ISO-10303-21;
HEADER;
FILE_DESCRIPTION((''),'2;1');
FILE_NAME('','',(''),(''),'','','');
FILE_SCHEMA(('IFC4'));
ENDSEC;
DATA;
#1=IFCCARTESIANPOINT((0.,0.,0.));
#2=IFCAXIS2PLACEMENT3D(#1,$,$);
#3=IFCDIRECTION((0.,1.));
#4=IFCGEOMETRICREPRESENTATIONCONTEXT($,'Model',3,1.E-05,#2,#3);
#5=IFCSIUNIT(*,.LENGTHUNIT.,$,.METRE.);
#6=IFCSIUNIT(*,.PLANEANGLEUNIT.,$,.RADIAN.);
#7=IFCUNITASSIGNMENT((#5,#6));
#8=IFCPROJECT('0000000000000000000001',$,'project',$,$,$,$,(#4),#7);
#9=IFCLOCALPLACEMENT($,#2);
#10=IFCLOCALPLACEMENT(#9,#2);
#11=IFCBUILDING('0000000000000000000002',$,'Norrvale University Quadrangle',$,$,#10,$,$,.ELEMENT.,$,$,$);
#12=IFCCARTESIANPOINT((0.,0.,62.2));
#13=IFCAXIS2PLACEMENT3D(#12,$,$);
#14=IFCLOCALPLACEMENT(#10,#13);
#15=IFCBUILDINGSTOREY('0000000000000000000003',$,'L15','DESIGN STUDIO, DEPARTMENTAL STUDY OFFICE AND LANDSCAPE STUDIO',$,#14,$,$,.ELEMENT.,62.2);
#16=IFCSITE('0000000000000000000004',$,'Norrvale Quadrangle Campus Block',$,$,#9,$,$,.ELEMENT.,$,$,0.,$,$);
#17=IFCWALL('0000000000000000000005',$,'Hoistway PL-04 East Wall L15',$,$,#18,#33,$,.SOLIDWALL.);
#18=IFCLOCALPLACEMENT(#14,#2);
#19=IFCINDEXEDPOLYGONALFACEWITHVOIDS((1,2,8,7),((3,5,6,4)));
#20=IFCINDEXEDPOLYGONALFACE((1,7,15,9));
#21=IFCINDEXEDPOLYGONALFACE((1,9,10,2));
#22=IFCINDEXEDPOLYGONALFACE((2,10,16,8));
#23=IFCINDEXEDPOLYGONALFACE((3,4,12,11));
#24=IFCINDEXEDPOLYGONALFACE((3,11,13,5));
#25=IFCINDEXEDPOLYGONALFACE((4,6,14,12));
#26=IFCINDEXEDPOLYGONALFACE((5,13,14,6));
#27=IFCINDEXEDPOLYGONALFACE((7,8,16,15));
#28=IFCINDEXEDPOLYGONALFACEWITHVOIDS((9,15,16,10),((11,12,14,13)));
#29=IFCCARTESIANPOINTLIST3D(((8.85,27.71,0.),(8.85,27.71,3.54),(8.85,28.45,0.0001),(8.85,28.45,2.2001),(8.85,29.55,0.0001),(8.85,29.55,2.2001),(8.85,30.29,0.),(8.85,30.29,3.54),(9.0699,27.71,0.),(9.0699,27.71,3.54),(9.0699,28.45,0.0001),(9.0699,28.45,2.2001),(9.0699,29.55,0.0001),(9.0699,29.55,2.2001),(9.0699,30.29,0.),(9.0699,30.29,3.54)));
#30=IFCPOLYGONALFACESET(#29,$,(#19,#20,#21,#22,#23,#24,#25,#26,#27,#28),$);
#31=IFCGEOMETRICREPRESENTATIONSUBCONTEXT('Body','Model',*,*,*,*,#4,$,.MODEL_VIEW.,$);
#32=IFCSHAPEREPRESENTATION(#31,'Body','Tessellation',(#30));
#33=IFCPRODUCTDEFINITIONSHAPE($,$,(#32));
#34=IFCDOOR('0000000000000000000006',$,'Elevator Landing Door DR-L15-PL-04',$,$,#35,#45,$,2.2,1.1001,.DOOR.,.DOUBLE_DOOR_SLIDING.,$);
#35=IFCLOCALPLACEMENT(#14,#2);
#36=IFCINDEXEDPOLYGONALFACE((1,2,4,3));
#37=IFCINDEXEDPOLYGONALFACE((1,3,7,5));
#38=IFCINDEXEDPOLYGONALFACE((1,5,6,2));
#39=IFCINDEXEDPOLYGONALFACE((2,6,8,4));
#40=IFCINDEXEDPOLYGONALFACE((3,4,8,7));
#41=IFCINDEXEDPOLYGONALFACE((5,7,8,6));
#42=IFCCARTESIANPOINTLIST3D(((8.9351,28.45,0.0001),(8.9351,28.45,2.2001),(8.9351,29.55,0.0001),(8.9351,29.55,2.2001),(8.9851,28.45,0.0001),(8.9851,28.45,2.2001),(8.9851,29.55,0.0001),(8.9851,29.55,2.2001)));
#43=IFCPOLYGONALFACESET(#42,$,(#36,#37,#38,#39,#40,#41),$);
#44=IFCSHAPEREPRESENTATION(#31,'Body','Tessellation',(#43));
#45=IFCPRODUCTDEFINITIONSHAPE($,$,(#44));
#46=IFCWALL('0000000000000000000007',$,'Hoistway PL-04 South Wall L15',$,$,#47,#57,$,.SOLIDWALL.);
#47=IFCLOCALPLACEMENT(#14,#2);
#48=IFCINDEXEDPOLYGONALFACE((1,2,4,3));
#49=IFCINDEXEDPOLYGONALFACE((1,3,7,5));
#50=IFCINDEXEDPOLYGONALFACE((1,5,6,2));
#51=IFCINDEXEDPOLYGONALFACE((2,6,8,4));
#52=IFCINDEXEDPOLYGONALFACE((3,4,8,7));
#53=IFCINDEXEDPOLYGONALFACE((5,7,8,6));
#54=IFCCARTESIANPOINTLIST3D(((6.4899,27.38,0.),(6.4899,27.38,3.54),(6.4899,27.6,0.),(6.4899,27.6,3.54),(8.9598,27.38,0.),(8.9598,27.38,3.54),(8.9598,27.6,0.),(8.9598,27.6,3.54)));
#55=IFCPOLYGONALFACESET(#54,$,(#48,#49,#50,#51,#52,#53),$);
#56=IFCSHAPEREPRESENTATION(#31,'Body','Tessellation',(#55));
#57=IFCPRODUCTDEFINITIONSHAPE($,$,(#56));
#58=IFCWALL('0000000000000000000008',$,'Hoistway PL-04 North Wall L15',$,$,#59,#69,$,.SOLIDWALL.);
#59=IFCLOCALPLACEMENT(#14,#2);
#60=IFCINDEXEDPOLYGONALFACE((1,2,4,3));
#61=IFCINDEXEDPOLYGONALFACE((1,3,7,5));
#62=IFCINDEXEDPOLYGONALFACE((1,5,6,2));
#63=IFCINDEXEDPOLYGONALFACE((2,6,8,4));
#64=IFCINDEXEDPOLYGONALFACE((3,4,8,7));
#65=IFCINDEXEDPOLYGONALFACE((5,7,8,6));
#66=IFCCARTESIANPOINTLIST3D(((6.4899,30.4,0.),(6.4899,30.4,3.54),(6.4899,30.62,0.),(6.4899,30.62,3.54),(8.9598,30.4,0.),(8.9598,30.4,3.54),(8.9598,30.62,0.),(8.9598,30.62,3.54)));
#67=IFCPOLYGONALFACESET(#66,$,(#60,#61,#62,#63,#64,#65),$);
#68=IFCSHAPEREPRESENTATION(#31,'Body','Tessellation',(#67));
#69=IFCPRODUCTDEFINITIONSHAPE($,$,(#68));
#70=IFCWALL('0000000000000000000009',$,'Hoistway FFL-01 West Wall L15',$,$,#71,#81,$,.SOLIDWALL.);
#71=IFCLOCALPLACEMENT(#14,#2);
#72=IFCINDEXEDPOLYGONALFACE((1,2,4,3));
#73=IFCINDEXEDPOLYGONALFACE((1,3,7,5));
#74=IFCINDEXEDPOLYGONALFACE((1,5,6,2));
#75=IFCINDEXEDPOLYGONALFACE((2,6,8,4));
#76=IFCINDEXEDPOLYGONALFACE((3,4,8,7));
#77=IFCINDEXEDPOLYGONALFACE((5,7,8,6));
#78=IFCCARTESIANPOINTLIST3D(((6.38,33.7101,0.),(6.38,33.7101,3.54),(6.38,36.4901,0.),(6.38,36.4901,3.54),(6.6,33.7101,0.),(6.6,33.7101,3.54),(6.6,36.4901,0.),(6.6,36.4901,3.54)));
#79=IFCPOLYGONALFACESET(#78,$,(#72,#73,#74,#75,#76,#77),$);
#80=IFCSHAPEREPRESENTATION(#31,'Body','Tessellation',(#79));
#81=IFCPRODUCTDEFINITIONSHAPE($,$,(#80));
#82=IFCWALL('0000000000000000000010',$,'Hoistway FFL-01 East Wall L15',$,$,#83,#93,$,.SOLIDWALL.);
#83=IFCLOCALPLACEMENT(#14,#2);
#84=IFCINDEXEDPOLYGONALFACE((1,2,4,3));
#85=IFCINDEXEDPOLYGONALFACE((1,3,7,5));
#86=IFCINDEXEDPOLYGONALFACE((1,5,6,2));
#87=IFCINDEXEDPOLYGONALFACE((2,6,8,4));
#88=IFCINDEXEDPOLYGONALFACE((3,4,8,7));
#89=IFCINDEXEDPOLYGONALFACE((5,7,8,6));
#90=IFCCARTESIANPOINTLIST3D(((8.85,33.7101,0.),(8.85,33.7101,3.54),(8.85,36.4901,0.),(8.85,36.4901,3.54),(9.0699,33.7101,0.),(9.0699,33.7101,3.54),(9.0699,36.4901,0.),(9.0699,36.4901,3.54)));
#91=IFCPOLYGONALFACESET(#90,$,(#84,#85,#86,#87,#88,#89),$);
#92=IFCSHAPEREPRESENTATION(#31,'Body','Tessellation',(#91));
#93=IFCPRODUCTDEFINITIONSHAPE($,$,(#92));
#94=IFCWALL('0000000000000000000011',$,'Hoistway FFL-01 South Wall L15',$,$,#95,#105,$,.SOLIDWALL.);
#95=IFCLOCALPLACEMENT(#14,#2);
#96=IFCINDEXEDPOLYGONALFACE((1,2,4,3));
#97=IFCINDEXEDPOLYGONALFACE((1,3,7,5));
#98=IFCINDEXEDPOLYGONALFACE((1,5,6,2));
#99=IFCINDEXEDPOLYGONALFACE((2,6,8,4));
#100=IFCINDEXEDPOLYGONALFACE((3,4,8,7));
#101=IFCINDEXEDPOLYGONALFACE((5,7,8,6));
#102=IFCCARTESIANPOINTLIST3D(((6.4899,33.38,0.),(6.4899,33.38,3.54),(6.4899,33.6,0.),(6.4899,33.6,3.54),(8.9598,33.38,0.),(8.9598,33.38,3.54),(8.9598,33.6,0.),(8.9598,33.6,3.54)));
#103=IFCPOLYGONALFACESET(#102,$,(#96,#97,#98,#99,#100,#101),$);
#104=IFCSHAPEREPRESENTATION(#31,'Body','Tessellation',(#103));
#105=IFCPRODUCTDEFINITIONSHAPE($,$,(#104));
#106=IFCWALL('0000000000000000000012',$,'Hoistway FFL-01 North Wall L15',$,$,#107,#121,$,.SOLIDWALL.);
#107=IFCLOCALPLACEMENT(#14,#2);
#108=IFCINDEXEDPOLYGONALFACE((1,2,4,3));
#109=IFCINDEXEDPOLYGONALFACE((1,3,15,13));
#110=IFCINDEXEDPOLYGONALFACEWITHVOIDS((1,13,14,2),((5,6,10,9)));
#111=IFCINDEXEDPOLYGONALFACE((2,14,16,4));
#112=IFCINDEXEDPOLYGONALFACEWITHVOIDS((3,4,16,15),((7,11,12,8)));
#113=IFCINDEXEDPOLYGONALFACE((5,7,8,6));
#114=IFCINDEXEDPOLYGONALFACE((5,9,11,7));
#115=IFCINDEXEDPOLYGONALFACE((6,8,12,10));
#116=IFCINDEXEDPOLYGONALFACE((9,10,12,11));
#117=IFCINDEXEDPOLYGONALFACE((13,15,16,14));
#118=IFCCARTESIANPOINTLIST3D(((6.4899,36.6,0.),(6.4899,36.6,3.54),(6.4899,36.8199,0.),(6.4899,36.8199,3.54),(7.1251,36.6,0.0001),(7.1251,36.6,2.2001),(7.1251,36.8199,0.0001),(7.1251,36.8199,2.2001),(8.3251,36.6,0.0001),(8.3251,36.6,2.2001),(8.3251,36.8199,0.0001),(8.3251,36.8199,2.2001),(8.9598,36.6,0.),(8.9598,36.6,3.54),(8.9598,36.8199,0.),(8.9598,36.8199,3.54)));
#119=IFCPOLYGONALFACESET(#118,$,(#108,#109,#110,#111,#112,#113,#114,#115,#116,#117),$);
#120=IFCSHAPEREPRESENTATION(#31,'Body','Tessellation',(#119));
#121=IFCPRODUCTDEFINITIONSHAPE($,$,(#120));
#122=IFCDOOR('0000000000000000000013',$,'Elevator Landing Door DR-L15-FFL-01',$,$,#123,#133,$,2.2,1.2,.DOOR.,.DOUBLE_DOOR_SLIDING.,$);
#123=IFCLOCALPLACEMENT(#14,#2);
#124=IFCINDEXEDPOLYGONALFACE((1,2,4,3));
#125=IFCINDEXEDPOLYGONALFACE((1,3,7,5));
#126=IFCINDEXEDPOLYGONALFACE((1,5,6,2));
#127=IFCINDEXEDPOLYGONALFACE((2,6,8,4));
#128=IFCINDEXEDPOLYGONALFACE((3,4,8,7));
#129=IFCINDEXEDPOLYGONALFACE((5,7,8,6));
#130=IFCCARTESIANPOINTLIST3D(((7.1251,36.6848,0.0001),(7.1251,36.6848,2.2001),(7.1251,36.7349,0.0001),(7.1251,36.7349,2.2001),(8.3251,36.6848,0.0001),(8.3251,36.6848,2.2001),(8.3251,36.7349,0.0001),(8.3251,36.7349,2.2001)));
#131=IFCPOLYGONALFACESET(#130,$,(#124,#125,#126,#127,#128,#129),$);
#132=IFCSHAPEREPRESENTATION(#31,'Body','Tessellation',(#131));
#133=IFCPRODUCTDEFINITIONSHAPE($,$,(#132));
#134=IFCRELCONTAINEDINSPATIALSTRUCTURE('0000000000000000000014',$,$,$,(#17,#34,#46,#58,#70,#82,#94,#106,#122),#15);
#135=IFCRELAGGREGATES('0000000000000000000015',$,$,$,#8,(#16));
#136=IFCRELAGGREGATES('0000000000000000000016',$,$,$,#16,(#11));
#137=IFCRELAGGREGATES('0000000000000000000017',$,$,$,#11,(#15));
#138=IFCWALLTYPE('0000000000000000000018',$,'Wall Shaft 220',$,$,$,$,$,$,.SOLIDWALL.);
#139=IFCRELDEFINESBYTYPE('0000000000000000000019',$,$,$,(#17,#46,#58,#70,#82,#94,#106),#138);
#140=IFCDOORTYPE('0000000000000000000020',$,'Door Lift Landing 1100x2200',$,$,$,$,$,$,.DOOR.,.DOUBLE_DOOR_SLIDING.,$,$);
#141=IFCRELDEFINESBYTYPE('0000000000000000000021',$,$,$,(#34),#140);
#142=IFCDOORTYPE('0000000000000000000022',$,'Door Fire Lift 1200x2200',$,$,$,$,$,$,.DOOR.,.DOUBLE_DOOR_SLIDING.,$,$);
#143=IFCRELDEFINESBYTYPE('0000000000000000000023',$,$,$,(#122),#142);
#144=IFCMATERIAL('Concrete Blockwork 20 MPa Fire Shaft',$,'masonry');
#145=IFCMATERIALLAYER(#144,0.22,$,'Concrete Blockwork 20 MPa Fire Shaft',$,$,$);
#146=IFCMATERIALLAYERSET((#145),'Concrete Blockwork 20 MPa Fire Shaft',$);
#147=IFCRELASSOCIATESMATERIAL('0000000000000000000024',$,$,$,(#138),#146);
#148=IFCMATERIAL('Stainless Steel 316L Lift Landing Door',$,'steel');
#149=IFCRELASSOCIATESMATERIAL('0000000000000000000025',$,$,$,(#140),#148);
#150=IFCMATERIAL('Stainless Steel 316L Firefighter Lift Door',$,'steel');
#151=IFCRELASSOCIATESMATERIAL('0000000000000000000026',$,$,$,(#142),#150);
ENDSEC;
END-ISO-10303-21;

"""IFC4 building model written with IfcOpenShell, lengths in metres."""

from ifc_helpers import new_model, si_unit, direction, frame, frame_2d, origin, place, context, subcontext, project, spatial, rectangle, extrude, material, layer, layer_set, type_object, element, fill, save


model = new_model("IFC4")

# Units and contexts
model_context = context("Model", 3, precision=1e-05, world=origin(), true_north=direction((0.0, 1.0)))
body_context = subcontext(model_context, "Body", "Model", "MODEL_VIEW")
ifc_project = project(units=[si_unit("LENGTHUNIT", "METRE"), si_unit("PLANEANGLEUNIT", "RADIAN")], contexts=[model_context])

# Site, building, storey
site_placement = place(None, origin())
site = spatial("IfcSite", under=ifc_project, at=site_placement, Name="Norrvale Quadrangle Campus Block", CompositionType="ELEMENT", RefElevation=0.0)
building_placement = place(site_placement, origin())
building = spatial("IfcBuilding", under=site, at=building_placement, Name="Norrvale University Quadrangle", CompositionType="ELEMENT")
storey_placement = place(building_placement, frame((0.0, 0.0, 62.2)))
storey = spatial("IfcBuildingStorey", under=building, at=storey_placement, Name="L15", Description="DESIGN STUDIO, DEPARTMENTAL STUDY OFFICE AND LANDSCAPE STUDIO", CompositionType="ELEMENT", Elevation=62.2)

# Shared definitions
ifc_material_1 = material(Name="Concrete Blockwork 20 MPa Fire Shaft", Category="masonry")
ifc_layer_1 = layer(ifc_material_1, 0.22, Name="Concrete Blockwork 20 MPa Fire Shaft")
ifc_layer_set_1 = layer_set([ifc_layer_1], Name="Concrete Blockwork 20 MPa Fire Shaft")
wall_type_1 = type_object("IfcWallType", Name="Wall Shaft 220", PredefinedType="SOLIDWALL", material=ifc_layer_set_1)

# Shared definitions
ifc_material_2 = material(Name="Stainless Steel 316L Lift Landing Door", Category="steel")
door_type_1 = type_object("IfcDoorType", Name="Door Lift Landing 1100x2200", OperationType="DOUBLE_DOOR_SLIDING", PredefinedType="DOOR", material=ifc_material_2)

# Wall, opening, door
wall_1_placement = place(storey_placement, frame((8.96, 27.71, 0.0), z_axis=(0.0, 0.0, 1.0), x_axis=(0.0, 1.0, 0.0)))
wall_1 = element("IfcWall", 1, at=wall_1_placement, inside=storey, type_object=wall_type_1, Name="Hoistway PL-04 East Wall L15", PredefinedType="SOLIDWALL", context=body_context, shape_type="SweptSolid", body=[
    extrude(rectangle(XDim=2.5801, YDim=0.22, at=frame_2d((1.29, 0.0))), origin(), (0.0, 0.0, 1.0), 3.54),
])
opening_1_placement = place(wall_1_placement, frame((0.74, 0.0, 0.0)))
opening_1 = element("IfcOpeningElement", 2, at=opening_1_placement, cuts=wall_1, PredefinedType="OPENING", context=body_context, shape_type="SweptSolid", body=[
    extrude(rectangle(XDim=1.1001, YDim=2.2, at=frame_2d((0.55, 1.1001))), frame((0.0, 0.1221, 0.0), z_axis=(0.0, -1.0, 0.0), x_axis=(1.0, 0.0, 0.0)), (0.0, 0.0, 1.0), 0.2439),
])
door_1_placement = place(opening_1_placement, origin())
door_1 = element("IfcDoor", 3, at=door_1_placement, inside=storey, type_object=door_type_1, Name="Elevator Landing Door DR-L15-PL-04", OperationType="DOUBLE_DOOR_SLIDING", OverallHeight=2.2, OverallWidth=1.1001, PredefinedType="DOOR", context=body_context, shape_type="SweptSolid", body=[
    extrude(rectangle(XDim=1.1001, YDim=2.2, at=frame_2d((0.55, 1.1001))), frame((0.0, 0.0249, 0.0), z_axis=(0.0, -1.0, 0.0), x_axis=(1.0, 0.0, 0.0)), (0.0, 0.0, 1.0), 0.05),
])
fill(opening_1, door_1)

# Walls
for number, where, z_axis, x_axis, name in (
    (4, (6.49, 27.49, 0.0), (0.0, 0.0, 1.0), (1.0, 0.0, 0.0), "Hoistway PL-04 South Wall L15"),
    (5, (6.49, 30.51, 0.0), (0.0, 0.0, 1.0), (1.0, 0.0, 0.0), "Hoistway PL-04 North Wall L15"),
):
    element("IfcWall", number, at=place(storey_placement, frame(where, z_axis=z_axis, x_axis=x_axis)), inside=storey, type_object=wall_type_1, Name=name, PredefinedType="SOLIDWALL", context=body_context, shape_type="SweptSolid", body=[
        extrude(rectangle(XDim=2.47, YDim=0.22, at=frame_2d((1.2349, 0.0))), origin(), (0.0, 0.0, 1.0), 3.54),
    ])
for number, where, z_axis, x_axis, name in (
    (6, (6.49, 33.71, 0.0), (0.0, 0.0, 1.0), (0.0, 1.0, 0.0), "Hoistway FFL-01 West Wall L15"),
    (7, (8.96, 33.71, 0.0), (0.0, 0.0, 1.0), (0.0, 1.0, 0.0), "Hoistway FFL-01 East Wall L15"),
):
    element("IfcWall", number, at=place(storey_placement, frame(where, z_axis=z_axis, x_axis=x_axis)), inside=storey, type_object=wall_type_1, Name=name, PredefinedType="SOLIDWALL", context=body_context, shape_type="SweptSolid", body=[
        extrude(rectangle(XDim=2.78, YDim=0.22, at=frame_2d((1.3901, 0.0))), origin(), (0.0, 0.0, 1.0), 3.54),
    ])
wall_2_placement = place(storey_placement, frame((6.49, 33.49, 0.0), z_axis=(0.0, 0.0, 1.0), x_axis=(1.0, 0.0, 0.0)))
element("IfcWall", 8, at=wall_2_placement, inside=storey, type_object=wall_type_1, Name="Hoistway FFL-01 South Wall L15", PredefinedType="SOLIDWALL", context=body_context, shape_type="SweptSolid", body=[
    extrude(rectangle(XDim=2.47, YDim=0.22, at=frame_2d((1.2349, 0.0))), origin(), (0.0, 0.0, 1.0), 3.54),
])

# Wall, opening, door
wall_3_placement = place(storey_placement, frame((6.49, 36.71, 0.0), z_axis=(0.0, 0.0, 1.0), x_axis=(1.0, 0.0, 0.0)))
wall_3 = element("IfcWall", 9, at=wall_3_placement, inside=storey, type_object=wall_type_1, Name="Hoistway FFL-01 North Wall L15", PredefinedType="SOLIDWALL", context=body_context, shape_type="SweptSolid", body=[
    extrude(rectangle(XDim=2.47, YDim=0.22, at=frame_2d((1.2349, 0.0))), origin(), (0.0, 0.0, 1.0), 3.54),
])
opening_2_placement = place(wall_3_placement, frame((0.635, 0.0, 0.0)))
opening_2 = element("IfcOpeningElement", 10, at=opening_2_placement, cuts=wall_3, PredefinedType="OPENING", context=body_context, shape_type="SweptSolid", body=[
    extrude(rectangle(XDim=1.2, YDim=2.2, at=frame_2d((0.6001, 1.1001))), frame((0.0, 0.1221, 0.0), z_axis=(0.0, -1.0, 0.0), x_axis=(1.0, 0.0, 0.0)), (0.0, 0.0, 1.0), 0.2439),
])
ifc_material_3 = material(Name="Stainless Steel 316L Firefighter Lift Door", Category="steel")
door_type_2 = type_object("IfcDoorType", Name="Door Fire Lift 1200x2200", OperationType="DOUBLE_DOOR_SLIDING", PredefinedType="DOOR", material=ifc_material_3)
door_2_placement = place(opening_2_placement, origin())
door_2 = element("IfcDoor", 11, at=door_2_placement, inside=storey, type_object=door_type_2, Name="Elevator Landing Door DR-L15-FFL-01", OperationType="DOUBLE_DOOR_SLIDING", OverallHeight=2.2, OverallWidth=1.2, PredefinedType="DOOR", context=body_context, shape_type="SweptSolid", body=[
    extrude(rectangle(XDim=1.2, YDim=2.2, at=frame_2d((0.6001, 1.1001))), frame((0.0, 0.0249, 0.0), z_axis=(0.0, -1.0, 0.0), x_axis=(1.0, 0.0, 0.0)), (0.0, 0.0, 1.0), 0.05),
])
fill(opening_2, door_2)

save(model, "model.ifc")
